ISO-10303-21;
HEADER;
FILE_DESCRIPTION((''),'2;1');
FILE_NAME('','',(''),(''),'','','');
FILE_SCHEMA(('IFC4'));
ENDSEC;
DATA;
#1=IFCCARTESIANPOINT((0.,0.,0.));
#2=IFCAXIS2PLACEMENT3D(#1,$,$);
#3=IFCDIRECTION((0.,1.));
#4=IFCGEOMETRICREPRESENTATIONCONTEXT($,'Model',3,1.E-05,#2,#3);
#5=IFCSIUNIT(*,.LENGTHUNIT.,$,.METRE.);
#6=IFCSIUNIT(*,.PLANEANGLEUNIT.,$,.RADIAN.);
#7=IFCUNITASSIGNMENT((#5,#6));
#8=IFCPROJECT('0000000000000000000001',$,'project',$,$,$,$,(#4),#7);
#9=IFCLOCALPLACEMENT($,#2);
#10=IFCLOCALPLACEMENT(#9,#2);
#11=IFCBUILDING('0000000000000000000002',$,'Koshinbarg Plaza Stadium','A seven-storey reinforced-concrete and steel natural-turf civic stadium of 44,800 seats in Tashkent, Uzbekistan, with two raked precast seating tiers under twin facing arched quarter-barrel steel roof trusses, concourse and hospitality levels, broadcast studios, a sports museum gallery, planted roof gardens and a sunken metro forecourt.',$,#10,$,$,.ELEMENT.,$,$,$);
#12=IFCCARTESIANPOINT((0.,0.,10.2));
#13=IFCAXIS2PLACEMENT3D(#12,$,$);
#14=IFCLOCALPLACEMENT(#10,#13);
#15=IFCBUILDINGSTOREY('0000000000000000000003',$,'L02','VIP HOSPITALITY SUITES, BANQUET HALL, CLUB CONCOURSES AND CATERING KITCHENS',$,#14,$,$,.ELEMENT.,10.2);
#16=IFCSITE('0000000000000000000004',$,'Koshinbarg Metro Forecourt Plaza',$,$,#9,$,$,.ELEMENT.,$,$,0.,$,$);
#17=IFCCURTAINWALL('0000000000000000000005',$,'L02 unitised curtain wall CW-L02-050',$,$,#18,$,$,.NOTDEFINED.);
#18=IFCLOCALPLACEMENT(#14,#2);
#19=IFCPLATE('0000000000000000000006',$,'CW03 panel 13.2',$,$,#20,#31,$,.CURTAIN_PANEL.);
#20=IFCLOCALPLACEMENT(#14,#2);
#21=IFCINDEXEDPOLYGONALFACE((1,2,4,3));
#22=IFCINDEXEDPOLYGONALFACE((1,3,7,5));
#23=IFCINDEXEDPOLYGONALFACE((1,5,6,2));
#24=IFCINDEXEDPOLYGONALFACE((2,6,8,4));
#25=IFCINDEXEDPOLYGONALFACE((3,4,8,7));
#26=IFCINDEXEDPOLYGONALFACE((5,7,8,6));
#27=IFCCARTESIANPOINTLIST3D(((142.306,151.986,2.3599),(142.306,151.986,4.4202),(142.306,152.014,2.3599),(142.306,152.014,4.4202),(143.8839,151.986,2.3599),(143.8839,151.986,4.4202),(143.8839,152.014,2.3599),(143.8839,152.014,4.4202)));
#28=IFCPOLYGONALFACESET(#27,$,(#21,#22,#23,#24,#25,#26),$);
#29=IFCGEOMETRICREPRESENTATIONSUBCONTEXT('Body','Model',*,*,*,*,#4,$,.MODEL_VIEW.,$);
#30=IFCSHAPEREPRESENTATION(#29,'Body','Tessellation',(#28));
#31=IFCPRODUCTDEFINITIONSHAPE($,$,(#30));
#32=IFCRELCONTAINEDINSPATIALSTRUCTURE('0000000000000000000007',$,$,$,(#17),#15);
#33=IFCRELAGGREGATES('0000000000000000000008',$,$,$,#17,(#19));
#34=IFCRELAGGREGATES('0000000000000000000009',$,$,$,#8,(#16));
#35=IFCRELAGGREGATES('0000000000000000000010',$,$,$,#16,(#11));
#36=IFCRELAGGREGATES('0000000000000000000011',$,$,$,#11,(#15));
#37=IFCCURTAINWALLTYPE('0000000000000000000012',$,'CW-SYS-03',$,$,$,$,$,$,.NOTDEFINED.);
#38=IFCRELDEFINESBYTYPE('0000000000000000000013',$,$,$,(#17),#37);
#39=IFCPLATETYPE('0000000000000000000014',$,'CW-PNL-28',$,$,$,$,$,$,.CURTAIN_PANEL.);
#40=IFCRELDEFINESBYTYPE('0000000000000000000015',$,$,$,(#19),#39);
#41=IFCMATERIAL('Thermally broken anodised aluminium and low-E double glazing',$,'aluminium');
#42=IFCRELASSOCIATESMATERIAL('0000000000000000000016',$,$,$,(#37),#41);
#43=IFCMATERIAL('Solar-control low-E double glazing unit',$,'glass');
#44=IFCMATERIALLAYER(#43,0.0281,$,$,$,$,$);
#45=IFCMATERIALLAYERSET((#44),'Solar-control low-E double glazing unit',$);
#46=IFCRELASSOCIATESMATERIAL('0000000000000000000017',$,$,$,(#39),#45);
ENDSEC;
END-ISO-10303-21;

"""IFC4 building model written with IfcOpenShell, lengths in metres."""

from ifc_helpers import new_model, si_unit, direction, frame, origin, origin_2d, place, context, subcontext, project, spatial, rectangle, extrude, material, layer, layer_set, type_object, element, aggregate, save


model = new_model("IFC4")

# Units and contexts
model_context = context("Model", 3, precision=1e-05, world=origin(), true_north=direction((0.0, 1.0)))
body_context = subcontext(model_context, "Body", "Model", "MODEL_VIEW")
ifc_project = project(units=[si_unit("LENGTHUNIT", "METRE"), si_unit("PLANEANGLEUNIT", "RADIAN")], contexts=[model_context])

# Site, building, storey
site_placement = place(None, origin())
site = spatial("IfcSite", under=ifc_project, at=site_placement, Name="Koshinbarg Metro Forecourt Plaza", CompositionType="ELEMENT", RefElevation=0.0)
building_placement = place(site_placement, origin())
building = spatial("IfcBuilding", under=site, at=building_placement, Name="Koshinbarg Plaza Stadium", Description="A seven-storey reinforced-concrete and steel natural-turf civic stadium of 44,800 seats in Tashkent, Uzbekistan, with two raked precast seating tiers under twin facing arched quarter-barrel steel roof trusses, concourse and hospitality levels, broadcast studios, a sports museum gallery, planted roof gardens and a sunken metro forecourt.", CompositionType="ELEMENT")
storey_placement = place(building_placement, frame((0.0, 0.0, 10.2)))
storey = spatial("IfcBuildingStorey", under=building, at=storey_placement, Name="L02", Description="VIP HOSPITALITY SUITES, BANQUET HALL, CLUB CONCOURSES AND CATERING KITCHENS", CompositionType="ELEMENT", Elevation=10.2)

# Curtain wall, plate
ifc_material_1 = material(Name="Thermally broken anodised aluminium and low-E double glazing", Category="aluminium")
curtain_wall_type = type_object("IfcCurtainWallType", Name="CW-SYS-03", PredefinedType="NOTDEFINED", material=ifc_material_1)
curtain_wall_placement = place(storey_placement, origin())
curtain_wall = element("IfcCurtainWall", 1, at=curtain_wall_placement, inside=storey, type_object=curtain_wall_type, Name="L02 unitised curtain wall CW-L02-050", PredefinedType="NOTDEFINED")
ifc_material_2 = material(Name="Solar-control low-E double glazing unit", Category="glass")
ifc_layer = layer(ifc_material_2, 0.0281)
ifc_layer_set = layer_set([ifc_layer], Name="Solar-control low-E double glazing unit")
plate_type = type_object("IfcPlateType", Name="CW-PNL-28", PredefinedType="CURTAIN_PANEL", material=ifc_layer_set)
plate_1_placement = place(storey_placement, frame((143.095, 152.0, 2.3599), z_axis=(0.0, 0.0, 1.0), x_axis=(1.0, 0.0, 0.0)))
plate_1 = element("IfcPlate", 2, at=plate_1_placement, type_object=plate_type, Name="CW03 panel 13.2", PredefinedType="CURTAIN_PANEL", context=body_context, shape_type="SweptSolid", body=[
    extrude(rectangle(XDim=1.5779, YDim=0.0281, at=origin_2d()), origin(), (0.0, 0.0, 1.0), 2.0603),
])
aggregate(curtain_wall, [plate_1])

save(model, "model.ifc")
